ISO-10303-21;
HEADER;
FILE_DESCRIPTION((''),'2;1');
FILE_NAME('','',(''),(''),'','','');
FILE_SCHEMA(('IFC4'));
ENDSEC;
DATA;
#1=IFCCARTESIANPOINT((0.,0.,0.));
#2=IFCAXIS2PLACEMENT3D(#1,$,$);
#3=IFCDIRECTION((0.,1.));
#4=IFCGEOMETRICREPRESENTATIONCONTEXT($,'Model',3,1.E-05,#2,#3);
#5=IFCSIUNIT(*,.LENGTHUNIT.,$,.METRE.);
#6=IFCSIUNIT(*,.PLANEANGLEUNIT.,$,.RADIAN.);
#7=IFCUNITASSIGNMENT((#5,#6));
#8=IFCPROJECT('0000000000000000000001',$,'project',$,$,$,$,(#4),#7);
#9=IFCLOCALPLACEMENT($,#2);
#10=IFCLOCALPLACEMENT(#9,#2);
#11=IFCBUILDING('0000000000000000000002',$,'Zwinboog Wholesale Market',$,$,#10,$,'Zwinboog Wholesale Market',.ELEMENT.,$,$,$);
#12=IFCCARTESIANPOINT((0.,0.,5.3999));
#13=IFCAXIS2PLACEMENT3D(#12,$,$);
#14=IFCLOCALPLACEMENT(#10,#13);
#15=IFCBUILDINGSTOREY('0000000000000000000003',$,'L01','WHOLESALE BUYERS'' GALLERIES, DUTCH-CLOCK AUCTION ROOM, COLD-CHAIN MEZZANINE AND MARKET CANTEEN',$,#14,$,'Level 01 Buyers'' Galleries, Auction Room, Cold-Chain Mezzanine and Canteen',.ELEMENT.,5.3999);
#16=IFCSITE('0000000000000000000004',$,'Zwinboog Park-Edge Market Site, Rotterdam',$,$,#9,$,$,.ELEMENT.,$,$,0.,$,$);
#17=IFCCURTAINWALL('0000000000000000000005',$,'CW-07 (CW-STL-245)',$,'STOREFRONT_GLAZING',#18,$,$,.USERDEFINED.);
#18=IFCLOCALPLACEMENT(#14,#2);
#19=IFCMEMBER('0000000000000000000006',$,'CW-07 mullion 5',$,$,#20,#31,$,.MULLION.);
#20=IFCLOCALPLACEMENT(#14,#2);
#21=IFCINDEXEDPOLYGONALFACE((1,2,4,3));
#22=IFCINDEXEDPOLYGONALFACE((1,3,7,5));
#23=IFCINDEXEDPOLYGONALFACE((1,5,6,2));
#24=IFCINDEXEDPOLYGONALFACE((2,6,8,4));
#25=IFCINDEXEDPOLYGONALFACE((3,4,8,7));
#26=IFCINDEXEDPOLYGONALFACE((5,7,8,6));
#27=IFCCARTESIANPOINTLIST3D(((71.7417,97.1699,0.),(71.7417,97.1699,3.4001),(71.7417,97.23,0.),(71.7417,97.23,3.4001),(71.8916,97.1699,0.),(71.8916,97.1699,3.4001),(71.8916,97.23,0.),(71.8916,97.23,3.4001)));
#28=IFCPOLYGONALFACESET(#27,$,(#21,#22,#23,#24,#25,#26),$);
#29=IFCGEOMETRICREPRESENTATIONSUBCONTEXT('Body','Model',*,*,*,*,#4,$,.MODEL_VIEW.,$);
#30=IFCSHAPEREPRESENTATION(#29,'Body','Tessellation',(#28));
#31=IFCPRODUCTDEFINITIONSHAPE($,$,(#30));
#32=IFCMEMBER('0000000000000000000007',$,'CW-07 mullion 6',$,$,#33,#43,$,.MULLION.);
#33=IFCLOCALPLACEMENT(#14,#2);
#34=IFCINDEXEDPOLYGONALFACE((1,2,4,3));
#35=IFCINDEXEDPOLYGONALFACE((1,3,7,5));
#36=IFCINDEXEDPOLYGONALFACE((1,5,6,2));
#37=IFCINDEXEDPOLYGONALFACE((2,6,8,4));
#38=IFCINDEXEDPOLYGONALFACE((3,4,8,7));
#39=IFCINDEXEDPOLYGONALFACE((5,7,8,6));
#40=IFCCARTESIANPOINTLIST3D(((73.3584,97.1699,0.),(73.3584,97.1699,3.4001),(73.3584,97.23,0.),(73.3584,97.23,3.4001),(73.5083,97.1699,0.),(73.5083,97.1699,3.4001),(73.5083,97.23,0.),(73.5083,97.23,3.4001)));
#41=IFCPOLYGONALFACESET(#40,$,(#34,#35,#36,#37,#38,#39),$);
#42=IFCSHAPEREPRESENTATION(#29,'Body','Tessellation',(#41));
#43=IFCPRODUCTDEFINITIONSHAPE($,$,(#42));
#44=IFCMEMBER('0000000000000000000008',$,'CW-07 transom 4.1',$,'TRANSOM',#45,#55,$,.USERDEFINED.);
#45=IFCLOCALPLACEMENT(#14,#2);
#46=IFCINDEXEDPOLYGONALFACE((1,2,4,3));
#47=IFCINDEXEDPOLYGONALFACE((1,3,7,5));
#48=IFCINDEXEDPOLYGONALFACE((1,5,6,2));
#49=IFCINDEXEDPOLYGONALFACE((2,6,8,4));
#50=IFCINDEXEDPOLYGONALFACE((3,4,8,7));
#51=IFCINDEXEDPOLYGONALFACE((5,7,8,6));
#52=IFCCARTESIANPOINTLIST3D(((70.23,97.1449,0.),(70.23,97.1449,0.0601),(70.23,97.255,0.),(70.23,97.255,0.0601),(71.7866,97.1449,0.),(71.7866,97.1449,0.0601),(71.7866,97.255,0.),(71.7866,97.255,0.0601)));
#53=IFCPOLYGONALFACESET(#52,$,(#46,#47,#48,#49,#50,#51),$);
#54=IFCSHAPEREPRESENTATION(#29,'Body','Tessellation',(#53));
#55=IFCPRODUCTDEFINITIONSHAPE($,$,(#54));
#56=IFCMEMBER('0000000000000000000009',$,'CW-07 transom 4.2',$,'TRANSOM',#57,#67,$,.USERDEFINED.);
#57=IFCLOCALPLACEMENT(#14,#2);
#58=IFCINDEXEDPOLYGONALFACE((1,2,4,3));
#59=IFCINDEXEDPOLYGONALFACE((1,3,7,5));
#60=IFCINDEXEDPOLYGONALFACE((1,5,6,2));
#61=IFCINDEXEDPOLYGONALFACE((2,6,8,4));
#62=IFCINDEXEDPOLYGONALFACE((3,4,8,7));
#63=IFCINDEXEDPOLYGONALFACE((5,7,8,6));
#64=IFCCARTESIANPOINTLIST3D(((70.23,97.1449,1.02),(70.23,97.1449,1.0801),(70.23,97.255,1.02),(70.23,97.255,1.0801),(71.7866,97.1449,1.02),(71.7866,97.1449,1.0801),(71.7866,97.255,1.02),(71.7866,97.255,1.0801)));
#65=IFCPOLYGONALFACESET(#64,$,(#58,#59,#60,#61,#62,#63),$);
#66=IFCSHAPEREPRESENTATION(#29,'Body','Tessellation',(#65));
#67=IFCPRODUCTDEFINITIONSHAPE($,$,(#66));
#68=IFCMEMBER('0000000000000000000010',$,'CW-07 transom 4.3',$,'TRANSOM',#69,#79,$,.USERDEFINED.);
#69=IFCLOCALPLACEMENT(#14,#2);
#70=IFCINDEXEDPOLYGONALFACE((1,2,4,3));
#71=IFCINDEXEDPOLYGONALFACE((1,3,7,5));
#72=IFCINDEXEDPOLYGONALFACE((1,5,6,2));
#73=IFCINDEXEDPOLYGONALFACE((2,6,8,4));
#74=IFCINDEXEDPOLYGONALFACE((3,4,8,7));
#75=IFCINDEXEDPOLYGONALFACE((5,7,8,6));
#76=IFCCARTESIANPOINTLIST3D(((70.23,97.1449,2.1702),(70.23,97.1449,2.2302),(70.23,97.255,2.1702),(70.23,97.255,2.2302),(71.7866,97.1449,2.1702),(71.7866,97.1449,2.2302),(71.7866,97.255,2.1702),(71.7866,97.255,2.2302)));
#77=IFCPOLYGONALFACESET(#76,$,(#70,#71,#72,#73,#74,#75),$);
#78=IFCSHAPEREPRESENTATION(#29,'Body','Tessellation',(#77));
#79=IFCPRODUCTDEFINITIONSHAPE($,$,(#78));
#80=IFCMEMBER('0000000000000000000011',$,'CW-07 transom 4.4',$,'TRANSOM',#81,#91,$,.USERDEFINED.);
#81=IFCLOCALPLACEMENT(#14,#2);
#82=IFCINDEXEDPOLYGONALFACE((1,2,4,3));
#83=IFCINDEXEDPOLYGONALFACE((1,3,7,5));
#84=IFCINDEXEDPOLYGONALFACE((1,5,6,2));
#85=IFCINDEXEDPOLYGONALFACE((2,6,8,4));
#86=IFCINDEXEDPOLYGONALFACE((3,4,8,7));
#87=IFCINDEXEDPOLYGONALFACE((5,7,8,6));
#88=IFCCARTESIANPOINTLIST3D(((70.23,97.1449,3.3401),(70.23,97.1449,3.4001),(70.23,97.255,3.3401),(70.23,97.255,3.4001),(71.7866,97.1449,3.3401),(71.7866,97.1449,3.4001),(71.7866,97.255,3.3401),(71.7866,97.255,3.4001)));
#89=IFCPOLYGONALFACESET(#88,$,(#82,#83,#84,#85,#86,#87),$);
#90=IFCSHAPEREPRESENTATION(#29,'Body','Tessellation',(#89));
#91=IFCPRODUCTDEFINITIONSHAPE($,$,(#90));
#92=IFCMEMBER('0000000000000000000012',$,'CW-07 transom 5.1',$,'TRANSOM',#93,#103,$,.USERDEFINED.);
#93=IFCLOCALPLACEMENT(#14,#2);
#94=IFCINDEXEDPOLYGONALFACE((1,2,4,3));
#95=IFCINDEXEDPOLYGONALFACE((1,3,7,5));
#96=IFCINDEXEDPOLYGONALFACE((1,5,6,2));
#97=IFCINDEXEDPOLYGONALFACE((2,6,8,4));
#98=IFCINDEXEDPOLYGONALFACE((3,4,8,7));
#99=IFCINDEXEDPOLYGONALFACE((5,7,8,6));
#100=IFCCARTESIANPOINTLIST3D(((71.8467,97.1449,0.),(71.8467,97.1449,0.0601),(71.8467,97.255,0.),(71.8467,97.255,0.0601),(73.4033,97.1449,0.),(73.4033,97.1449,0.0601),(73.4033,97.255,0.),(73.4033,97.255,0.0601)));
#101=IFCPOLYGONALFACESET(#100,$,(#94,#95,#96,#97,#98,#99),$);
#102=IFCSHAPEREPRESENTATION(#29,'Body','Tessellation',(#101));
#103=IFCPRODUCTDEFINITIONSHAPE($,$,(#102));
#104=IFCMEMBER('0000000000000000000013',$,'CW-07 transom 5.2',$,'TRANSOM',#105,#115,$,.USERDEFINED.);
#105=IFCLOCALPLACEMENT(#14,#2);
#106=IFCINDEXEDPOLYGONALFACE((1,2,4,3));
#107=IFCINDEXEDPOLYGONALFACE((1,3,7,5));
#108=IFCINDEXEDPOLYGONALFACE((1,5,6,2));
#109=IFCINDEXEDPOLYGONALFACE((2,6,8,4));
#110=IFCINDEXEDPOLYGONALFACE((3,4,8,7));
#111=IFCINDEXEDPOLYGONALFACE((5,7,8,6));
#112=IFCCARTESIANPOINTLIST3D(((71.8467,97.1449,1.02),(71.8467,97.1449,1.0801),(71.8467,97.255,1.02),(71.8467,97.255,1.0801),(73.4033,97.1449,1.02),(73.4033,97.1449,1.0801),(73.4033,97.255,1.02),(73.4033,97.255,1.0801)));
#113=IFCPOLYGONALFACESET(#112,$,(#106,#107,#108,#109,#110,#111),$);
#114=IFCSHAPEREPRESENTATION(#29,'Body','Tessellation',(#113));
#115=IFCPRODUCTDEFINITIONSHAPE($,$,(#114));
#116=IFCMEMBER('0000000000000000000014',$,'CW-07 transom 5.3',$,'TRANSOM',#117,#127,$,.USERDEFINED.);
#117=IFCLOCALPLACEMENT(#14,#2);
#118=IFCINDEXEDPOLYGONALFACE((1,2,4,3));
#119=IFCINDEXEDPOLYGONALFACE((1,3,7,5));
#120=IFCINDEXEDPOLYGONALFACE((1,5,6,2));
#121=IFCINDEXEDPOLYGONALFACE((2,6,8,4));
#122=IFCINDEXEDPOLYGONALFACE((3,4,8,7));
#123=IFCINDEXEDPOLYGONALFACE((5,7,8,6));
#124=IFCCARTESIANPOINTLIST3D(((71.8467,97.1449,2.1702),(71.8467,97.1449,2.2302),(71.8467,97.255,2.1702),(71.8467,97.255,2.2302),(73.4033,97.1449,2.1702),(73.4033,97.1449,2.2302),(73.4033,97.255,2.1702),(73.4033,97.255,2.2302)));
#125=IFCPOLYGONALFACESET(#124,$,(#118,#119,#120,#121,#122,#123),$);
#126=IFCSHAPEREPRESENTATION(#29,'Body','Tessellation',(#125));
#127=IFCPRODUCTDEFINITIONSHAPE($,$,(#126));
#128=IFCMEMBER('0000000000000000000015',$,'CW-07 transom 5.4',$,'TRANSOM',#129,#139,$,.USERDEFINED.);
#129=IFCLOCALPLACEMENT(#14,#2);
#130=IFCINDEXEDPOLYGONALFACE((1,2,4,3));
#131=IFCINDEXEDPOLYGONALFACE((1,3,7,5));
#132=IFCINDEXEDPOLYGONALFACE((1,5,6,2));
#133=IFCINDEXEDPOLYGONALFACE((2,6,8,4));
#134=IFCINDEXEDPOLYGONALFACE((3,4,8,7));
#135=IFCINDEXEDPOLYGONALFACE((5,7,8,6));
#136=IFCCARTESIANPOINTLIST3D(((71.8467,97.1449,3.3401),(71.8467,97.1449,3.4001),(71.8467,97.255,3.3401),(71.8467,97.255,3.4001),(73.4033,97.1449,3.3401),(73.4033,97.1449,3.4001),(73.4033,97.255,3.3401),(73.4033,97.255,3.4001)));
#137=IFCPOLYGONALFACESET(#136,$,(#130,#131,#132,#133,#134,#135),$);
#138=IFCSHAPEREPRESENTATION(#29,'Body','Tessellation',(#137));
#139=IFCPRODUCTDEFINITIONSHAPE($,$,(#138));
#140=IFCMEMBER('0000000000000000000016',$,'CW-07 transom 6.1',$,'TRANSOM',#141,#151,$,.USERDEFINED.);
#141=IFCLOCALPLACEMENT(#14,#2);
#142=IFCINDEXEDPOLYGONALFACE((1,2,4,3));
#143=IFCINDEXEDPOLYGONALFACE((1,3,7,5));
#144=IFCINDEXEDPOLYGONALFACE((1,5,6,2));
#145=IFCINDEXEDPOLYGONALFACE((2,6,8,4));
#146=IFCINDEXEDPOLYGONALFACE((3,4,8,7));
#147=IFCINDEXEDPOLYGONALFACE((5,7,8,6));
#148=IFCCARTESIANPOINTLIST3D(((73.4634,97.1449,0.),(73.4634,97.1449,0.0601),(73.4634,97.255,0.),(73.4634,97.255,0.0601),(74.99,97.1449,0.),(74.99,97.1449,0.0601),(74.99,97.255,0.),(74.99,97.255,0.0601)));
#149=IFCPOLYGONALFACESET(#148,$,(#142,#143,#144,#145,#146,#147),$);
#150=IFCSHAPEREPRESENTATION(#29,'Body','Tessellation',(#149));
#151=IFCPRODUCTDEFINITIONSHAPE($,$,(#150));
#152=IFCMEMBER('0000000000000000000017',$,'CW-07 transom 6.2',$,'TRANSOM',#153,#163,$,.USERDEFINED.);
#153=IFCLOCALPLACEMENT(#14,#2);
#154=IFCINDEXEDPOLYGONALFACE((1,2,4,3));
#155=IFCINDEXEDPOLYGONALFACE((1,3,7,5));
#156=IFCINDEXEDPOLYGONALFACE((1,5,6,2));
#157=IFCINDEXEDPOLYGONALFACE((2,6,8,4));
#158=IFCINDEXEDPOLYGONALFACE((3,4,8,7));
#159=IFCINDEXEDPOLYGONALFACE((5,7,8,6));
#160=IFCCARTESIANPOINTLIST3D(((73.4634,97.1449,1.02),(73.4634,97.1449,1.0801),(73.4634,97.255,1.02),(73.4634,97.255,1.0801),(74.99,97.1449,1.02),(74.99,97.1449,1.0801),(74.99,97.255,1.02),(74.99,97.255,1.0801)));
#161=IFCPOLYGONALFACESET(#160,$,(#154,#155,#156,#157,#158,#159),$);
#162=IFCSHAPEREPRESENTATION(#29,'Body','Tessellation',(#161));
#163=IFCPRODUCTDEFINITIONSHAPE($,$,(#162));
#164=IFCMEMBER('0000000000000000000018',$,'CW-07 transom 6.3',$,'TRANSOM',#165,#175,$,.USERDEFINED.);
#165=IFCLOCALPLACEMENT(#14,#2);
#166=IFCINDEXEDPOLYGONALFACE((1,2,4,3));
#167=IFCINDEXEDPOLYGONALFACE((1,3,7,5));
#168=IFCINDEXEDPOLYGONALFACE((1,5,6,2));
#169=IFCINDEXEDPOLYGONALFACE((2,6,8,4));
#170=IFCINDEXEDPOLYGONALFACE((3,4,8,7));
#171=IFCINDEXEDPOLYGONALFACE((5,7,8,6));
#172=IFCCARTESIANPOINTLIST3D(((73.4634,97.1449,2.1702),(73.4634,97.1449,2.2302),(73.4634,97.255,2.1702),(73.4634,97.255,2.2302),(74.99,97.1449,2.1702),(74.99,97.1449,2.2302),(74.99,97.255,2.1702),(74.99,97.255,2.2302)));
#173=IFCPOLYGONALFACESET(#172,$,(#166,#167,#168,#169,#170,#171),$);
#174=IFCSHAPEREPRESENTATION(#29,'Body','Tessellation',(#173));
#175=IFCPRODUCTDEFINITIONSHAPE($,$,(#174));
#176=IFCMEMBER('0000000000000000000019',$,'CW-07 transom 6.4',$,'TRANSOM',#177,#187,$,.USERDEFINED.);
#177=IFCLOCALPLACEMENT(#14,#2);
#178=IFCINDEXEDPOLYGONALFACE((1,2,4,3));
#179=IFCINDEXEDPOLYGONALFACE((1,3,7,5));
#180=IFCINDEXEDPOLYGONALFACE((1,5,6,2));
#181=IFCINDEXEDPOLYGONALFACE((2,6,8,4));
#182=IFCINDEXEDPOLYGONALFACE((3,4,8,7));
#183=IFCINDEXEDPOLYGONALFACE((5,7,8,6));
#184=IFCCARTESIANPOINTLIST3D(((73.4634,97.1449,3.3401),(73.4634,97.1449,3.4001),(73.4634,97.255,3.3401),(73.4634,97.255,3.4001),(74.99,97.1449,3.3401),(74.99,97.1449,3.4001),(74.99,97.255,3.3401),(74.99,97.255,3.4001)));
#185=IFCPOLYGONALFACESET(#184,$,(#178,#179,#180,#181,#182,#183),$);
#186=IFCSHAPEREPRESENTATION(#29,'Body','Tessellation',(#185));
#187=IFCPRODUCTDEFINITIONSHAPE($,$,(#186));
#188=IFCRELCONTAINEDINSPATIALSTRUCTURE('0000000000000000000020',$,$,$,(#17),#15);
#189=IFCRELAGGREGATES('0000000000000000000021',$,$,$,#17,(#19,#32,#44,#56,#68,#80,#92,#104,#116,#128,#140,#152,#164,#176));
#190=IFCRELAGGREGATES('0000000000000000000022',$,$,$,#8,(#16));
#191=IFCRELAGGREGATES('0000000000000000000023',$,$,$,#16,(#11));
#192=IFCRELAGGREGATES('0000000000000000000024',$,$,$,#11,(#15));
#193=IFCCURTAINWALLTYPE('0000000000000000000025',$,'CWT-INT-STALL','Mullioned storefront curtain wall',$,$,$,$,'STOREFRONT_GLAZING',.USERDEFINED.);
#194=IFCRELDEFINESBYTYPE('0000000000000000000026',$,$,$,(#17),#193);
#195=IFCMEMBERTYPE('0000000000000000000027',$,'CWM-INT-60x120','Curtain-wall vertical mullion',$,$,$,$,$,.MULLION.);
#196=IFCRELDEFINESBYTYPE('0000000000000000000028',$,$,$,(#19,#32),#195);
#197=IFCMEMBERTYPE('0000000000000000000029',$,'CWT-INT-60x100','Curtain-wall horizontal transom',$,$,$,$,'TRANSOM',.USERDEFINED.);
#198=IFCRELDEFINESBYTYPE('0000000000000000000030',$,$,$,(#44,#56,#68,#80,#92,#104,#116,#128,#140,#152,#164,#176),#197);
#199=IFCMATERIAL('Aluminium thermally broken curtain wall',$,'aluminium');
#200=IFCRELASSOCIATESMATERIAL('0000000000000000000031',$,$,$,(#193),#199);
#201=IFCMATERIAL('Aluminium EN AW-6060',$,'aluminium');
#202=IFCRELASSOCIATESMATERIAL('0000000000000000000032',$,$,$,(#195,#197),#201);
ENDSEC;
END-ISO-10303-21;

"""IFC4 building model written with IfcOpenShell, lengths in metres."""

from ifc_helpers import new_model, si_unit, direction, frame, origin, origin_2d, place, context, subcontext, project, spatial, rectangle, extrude, material, material_profile, profile_set, type_object, element, aggregate, save


model = new_model("IFC4")

# Units and contexts
model_context = context("Model", 3, precision=1e-05, world=origin(), true_north=direction((0.0, 1.0)))
body_context = subcontext(model_context, "Body", "Model", "MODEL_VIEW")
ifc_project = project(units=[si_unit("LENGTHUNIT", "METRE"), si_unit("PLANEANGLEUNIT", "RADIAN")], contexts=[model_context])

# Site, building, storey
site_placement = place(None, origin())
site = spatial("IfcSite", under=ifc_project, at=site_placement, Name="Zwinboog Park-Edge Market Site, Rotterdam", CompositionType="ELEMENT", RefElevation=0.0)
building_placement = place(site_placement, origin())
building = spatial("IfcBuilding", under=site, at=building_placement, Name="Zwinboog Wholesale Market", LongName="Zwinboog Wholesale Market", CompositionType="ELEMENT")
storey_placement = place(building_placement, frame((0.0, 0.0, 5.3999)))
storey = spatial("IfcBuildingStorey", under=building, at=storey_placement, Name="L01", Description="WHOLESALE BUYERS' GALLERIES, DUTCH-CLOCK AUCTION ROOM, COLD-CHAIN MEZZANINE AND MARKET CANTEEN", LongName="Level 01 Buyers' Galleries, Auction Room, Cold-Chain Mezzanine and Canteen", CompositionType="ELEMENT", Elevation=5.3999)

# Curtain wall, members
ifc_material_1 = material(Name="Aluminium thermally broken curtain wall", Category="aluminium")
curtain_wall_type = type_object("IfcCurtainWallType", Name="CWT-INT-STALL", Description="Mullioned storefront curtain wall", ElementType="STOREFRONT_GLAZING", PredefinedType="USERDEFINED", material=ifc_material_1)
curtain_wall_placement = place(storey_placement, origin())
curtain_wall = element("IfcCurtainWall", 1, at=curtain_wall_placement, inside=storey, type_object=curtain_wall_type, Name="CW-07 (CW-STL-245)", ObjectType="STOREFRONT_GLAZING", PredefinedType="USERDEFINED")
ifc_material_2 = material(Name="Aluminium EN AW-6060", Category="aluminium")
ifc_material_profile_1 = material_profile(ifc_material_2, rectangle(XDim=0.0601, YDim=0.1499, at=origin_2d()), Name="AL 60x150")
ifc_profile_set_1 = profile_set([ifc_material_profile_1], Name="Aluminium EN AW-6060")
member_type_1 = type_object("IfcMemberType", Name="CWM-INT-60x120", Description="Curtain-wall vertical mullion", PredefinedType="MULLION", material=ifc_profile_set_1)
member_1_placement = place(storey_placement, frame((71.8167, 97.2, 0.0), z_axis=(0.0, 0.0, 1.0), x_axis=(0.0, 1.0, 0.0)))
member_1 = element("IfcMember", 2, at=member_1_placement, type_object=member_type_1, Name="CW-07 mullion 5", PredefinedType="MULLION", context=body_context, shape_type="SweptSolid", body=[
    extrude(rectangle(XDim=0.0601, YDim=0.1499, at=origin_2d()), origin(), (0.0, 0.0, 1.0), 3.4001),
])
member_2_placement = place(storey_placement, frame((73.4333, 97.2, 0.0), z_axis=(0.0, 0.0, 1.0), x_axis=(0.0, 1.0, 0.0)))
member_2 = element("IfcMember", 3, at=member_2_placement, type_object=member_type_1, Name="CW-07 mullion 6", PredefinedType="MULLION", context=body_context, shape_type="SweptSolid", body=[
    extrude(rectangle(XDim=0.0601, YDim=0.1499, at=origin_2d()), origin(), (0.0, 0.0, 1.0), 3.4001),
])
ifc_material_profile_2 = material_profile(ifc_material_2, rectangle(XDim=0.1101, YDim=0.0601, at=origin_2d()), Name="AL 60x110")
ifc_profile_set_2 = profile_set([ifc_material_profile_2], Name="Aluminium EN AW-6060")
member_type_2 = type_object("IfcMemberType", Name="CWT-INT-60x100", Description="Curtain-wall horizontal transom", ElementType="TRANSOM", PredefinedType="USERDEFINED", material=ifc_profile_set_2)
member_3_placement = place(storey_placement, frame((70.23, 97.2, 0.03), z_axis=(1.0, 0.0, 0.0), x_axis=(0.0, 1.0, 0.0)))
member_3 = element("IfcMember", 4, at=member_3_placement, type_object=member_type_2, Name="CW-07 transom 4.1", ObjectType="TRANSOM", PredefinedType="USERDEFINED", context=body_context, shape_type="SweptSolid", body=[
    extrude(rectangle(XDim=0.1101, YDim=0.0601, at=origin_2d()), origin(), (0.0, 0.0, 1.0), 1.5566),
])
member_4_placement = place(storey_placement, frame((70.23, 97.2, 1.05), z_axis=(1.0, 0.0, 0.0), x_axis=(0.0, 1.0, 0.0)))
member_4 = element("IfcMember", 5, at=member_4_placement, type_object=member_type_2, Name="CW-07 transom 4.2", ObjectType="TRANSOM", PredefinedType="USERDEFINED", context=body_context, shape_type="SweptSolid", body=[
    extrude(rectangle(XDim=0.1101, YDim=0.0601, at=origin_2d()), origin(), (0.0, 0.0, 1.0), 1.5566),
])
member_5_placement = place(storey_placement, frame((70.23, 97.2, 2.2002), z_axis=(1.0, 0.0, 0.0), x_axis=(0.0, 1.0, 0.0)))
member_5 = element("IfcMember", 6, at=member_5_placement, type_object=member_type_2, Name="CW-07 transom 4.3", ObjectType="TRANSOM", PredefinedType="USERDEFINED", context=body_context, shape_type="SweptSolid", body=[
    extrude(rectangle(XDim=0.1101, YDim=0.0601, at=origin_2d()), origin(), (0.0, 0.0, 1.0), 1.5566),
])
member_6_placement = place(storey_placement, frame((70.23, 97.2, 3.3701), z_axis=(1.0, 0.0, 0.0), x_axis=(0.0, 1.0, 0.0)))
member_6 = element("IfcMember", 7, at=member_6_placement, type_object=member_type_2, Name="CW-07 transom 4.4", ObjectType="TRANSOM", PredefinedType="USERDEFINED", context=body_context, shape_type="SweptSolid", body=[
    extrude(rectangle(XDim=0.1101, YDim=0.0601, at=origin_2d()), origin(), (0.0, 0.0, 1.0), 1.5566),
])
member_7_placement = place(storey_placement, frame((71.8467, 97.2, 0.03), z_axis=(1.0, 0.0, 0.0), x_axis=(0.0, 1.0, 0.0)))
member_7 = element("IfcMember", 8, at=member_7_placement, type_object=member_type_2, Name="CW-07 transom 5.1", ObjectType="TRANSOM", PredefinedType="USERDEFINED", context=body_context, shape_type="SweptSolid", body=[
    extrude(rectangle(XDim=0.1101, YDim=0.0601, at=origin_2d()), origin(), (0.0, 0.0, 1.0), 1.5566),
])
member_8_placement = place(storey_placement, frame((71.8467, 97.2, 1.05), z_axis=(1.0, 0.0, 0.0), x_axis=(0.0, 1.0, 0.0)))
member_8 = element("IfcMember", 9, at=member_8_placement, type_object=member_type_2, Name="CW-07 transom 5.2", ObjectType="TRANSOM", PredefinedType="USERDEFINED", context=body_context, shape_type="SweptSolid", body=[
    extrude(rectangle(XDim=0.1101, YDim=0.0601, at=origin_2d()), origin(), (0.0, 0.0, 1.0), 1.5566),
])
member_9_placement = place(storey_placement, frame((71.8467, 97.2, 2.2002), z_axis=(1.0, 0.0, 0.0), x_axis=(0.0, 1.0, 0.0)))
member_9 = element("IfcMember", 10, at=member_9_placement, type_object=member_type_2, Name="CW-07 transom 5.3", ObjectType="TRANSOM", PredefinedType="USERDEFINED", context=body_context, shape_type="SweptSolid", body=[
    extrude(rectangle(XDim=0.1101, YDim=0.0601, at=origin_2d()), origin(), (0.0, 0.0, 1.0), 1.5566),
])
member_10_placement = place(storey_placement, frame((71.8467, 97.2, 3.3701), z_axis=(1.0, 0.0, 0.0), x_axis=(0.0, 1.0, 0.0)))
member_10 = element("IfcMember", 11, at=member_10_placement, type_object=member_type_2, Name="CW-07 transom 5.4", ObjectType="TRANSOM", PredefinedType="USERDEFINED", context=body_context, shape_type="SweptSolid", body=[
    extrude(rectangle(XDim=0.1101, YDim=0.0601, at=origin_2d()), origin(), (0.0, 0.0, 1.0), 1.5566),
])
member_11_placement = place(storey_placement, frame((73.4634, 97.2, 0.03), z_axis=(1.0, 0.0, 0.0), x_axis=(0.0, 1.0, 0.0)))
member_11 = element("IfcMember", 12, at=member_11_placement, type_object=member_type_2, Name="CW-07 transom 6.1", ObjectType="TRANSOM", PredefinedType="USERDEFINED", context=body_context, shape_type="SweptSolid", body=[
    extrude(rectangle(XDim=0.1101, YDim=0.0601, at=origin_2d()), origin(), (0.0, 0.0, 1.0), 1.5266),
])
member_12_placement = place(storey_placement, frame((73.4634, 97.2, 1.05), z_axis=(1.0, 0.0, 0.0), x_axis=(0.0, 1.0, 0.0)))
member_12 = element("IfcMember", 13, at=member_12_placement, type_object=member_type_2, Name="CW-07 transom 6.2", ObjectType="TRANSOM", PredefinedType="USERDEFINED", context=body_context, shape_type="SweptSolid", body=[
    extrude(rectangle(XDim=0.1101, YDim=0.0601, at=origin_2d()), origin(), (0.0, 0.0, 1.0), 1.5266),
])
member_13_placement = place(storey_placement, frame((73.4634, 97.2, 2.2002), z_axis=(1.0, 0.0, 0.0), x_axis=(0.0, 1.0, 0.0)))
member_13 = element("IfcMember", 14, at=member_13_placement, type_object=member_type_2, Name="CW-07 transom 6.3", ObjectType="TRANSOM", PredefinedType="USERDEFINED", context=body_context, shape_type="SweptSolid", body=[
    extrude(rectangle(XDim=0.1101, YDim=0.0601, at=origin_2d()), origin(), (0.0, 0.0, 1.0), 1.5266),
])
member_14_placement = place(storey_placement, frame((73.4634, 97.2, 3.3701), z_axis=(1.0, 0.0, 0.0), x_axis=(0.0, 1.0, 0.0)))
member_14 = element("IfcMember", 15, at=member_14_placement, type_object=member_type_2, Name="CW-07 transom 6.4", ObjectType="TRANSOM", PredefinedType="USERDEFINED", context=body_context, shape_type="SweptSolid", body=[
    extrude(rectangle(XDim=0.1101, YDim=0.0601, at=origin_2d()), origin(), (0.0, 0.0, 1.0), 1.5266),
])
aggregate(curtain_wall, [member_1, member_2, member_3, member_4, member_5, member_6, member_7, member_8, member_9, member_10, member_11, member_12, member_13, member_14])

save(model, "model.ifc")
